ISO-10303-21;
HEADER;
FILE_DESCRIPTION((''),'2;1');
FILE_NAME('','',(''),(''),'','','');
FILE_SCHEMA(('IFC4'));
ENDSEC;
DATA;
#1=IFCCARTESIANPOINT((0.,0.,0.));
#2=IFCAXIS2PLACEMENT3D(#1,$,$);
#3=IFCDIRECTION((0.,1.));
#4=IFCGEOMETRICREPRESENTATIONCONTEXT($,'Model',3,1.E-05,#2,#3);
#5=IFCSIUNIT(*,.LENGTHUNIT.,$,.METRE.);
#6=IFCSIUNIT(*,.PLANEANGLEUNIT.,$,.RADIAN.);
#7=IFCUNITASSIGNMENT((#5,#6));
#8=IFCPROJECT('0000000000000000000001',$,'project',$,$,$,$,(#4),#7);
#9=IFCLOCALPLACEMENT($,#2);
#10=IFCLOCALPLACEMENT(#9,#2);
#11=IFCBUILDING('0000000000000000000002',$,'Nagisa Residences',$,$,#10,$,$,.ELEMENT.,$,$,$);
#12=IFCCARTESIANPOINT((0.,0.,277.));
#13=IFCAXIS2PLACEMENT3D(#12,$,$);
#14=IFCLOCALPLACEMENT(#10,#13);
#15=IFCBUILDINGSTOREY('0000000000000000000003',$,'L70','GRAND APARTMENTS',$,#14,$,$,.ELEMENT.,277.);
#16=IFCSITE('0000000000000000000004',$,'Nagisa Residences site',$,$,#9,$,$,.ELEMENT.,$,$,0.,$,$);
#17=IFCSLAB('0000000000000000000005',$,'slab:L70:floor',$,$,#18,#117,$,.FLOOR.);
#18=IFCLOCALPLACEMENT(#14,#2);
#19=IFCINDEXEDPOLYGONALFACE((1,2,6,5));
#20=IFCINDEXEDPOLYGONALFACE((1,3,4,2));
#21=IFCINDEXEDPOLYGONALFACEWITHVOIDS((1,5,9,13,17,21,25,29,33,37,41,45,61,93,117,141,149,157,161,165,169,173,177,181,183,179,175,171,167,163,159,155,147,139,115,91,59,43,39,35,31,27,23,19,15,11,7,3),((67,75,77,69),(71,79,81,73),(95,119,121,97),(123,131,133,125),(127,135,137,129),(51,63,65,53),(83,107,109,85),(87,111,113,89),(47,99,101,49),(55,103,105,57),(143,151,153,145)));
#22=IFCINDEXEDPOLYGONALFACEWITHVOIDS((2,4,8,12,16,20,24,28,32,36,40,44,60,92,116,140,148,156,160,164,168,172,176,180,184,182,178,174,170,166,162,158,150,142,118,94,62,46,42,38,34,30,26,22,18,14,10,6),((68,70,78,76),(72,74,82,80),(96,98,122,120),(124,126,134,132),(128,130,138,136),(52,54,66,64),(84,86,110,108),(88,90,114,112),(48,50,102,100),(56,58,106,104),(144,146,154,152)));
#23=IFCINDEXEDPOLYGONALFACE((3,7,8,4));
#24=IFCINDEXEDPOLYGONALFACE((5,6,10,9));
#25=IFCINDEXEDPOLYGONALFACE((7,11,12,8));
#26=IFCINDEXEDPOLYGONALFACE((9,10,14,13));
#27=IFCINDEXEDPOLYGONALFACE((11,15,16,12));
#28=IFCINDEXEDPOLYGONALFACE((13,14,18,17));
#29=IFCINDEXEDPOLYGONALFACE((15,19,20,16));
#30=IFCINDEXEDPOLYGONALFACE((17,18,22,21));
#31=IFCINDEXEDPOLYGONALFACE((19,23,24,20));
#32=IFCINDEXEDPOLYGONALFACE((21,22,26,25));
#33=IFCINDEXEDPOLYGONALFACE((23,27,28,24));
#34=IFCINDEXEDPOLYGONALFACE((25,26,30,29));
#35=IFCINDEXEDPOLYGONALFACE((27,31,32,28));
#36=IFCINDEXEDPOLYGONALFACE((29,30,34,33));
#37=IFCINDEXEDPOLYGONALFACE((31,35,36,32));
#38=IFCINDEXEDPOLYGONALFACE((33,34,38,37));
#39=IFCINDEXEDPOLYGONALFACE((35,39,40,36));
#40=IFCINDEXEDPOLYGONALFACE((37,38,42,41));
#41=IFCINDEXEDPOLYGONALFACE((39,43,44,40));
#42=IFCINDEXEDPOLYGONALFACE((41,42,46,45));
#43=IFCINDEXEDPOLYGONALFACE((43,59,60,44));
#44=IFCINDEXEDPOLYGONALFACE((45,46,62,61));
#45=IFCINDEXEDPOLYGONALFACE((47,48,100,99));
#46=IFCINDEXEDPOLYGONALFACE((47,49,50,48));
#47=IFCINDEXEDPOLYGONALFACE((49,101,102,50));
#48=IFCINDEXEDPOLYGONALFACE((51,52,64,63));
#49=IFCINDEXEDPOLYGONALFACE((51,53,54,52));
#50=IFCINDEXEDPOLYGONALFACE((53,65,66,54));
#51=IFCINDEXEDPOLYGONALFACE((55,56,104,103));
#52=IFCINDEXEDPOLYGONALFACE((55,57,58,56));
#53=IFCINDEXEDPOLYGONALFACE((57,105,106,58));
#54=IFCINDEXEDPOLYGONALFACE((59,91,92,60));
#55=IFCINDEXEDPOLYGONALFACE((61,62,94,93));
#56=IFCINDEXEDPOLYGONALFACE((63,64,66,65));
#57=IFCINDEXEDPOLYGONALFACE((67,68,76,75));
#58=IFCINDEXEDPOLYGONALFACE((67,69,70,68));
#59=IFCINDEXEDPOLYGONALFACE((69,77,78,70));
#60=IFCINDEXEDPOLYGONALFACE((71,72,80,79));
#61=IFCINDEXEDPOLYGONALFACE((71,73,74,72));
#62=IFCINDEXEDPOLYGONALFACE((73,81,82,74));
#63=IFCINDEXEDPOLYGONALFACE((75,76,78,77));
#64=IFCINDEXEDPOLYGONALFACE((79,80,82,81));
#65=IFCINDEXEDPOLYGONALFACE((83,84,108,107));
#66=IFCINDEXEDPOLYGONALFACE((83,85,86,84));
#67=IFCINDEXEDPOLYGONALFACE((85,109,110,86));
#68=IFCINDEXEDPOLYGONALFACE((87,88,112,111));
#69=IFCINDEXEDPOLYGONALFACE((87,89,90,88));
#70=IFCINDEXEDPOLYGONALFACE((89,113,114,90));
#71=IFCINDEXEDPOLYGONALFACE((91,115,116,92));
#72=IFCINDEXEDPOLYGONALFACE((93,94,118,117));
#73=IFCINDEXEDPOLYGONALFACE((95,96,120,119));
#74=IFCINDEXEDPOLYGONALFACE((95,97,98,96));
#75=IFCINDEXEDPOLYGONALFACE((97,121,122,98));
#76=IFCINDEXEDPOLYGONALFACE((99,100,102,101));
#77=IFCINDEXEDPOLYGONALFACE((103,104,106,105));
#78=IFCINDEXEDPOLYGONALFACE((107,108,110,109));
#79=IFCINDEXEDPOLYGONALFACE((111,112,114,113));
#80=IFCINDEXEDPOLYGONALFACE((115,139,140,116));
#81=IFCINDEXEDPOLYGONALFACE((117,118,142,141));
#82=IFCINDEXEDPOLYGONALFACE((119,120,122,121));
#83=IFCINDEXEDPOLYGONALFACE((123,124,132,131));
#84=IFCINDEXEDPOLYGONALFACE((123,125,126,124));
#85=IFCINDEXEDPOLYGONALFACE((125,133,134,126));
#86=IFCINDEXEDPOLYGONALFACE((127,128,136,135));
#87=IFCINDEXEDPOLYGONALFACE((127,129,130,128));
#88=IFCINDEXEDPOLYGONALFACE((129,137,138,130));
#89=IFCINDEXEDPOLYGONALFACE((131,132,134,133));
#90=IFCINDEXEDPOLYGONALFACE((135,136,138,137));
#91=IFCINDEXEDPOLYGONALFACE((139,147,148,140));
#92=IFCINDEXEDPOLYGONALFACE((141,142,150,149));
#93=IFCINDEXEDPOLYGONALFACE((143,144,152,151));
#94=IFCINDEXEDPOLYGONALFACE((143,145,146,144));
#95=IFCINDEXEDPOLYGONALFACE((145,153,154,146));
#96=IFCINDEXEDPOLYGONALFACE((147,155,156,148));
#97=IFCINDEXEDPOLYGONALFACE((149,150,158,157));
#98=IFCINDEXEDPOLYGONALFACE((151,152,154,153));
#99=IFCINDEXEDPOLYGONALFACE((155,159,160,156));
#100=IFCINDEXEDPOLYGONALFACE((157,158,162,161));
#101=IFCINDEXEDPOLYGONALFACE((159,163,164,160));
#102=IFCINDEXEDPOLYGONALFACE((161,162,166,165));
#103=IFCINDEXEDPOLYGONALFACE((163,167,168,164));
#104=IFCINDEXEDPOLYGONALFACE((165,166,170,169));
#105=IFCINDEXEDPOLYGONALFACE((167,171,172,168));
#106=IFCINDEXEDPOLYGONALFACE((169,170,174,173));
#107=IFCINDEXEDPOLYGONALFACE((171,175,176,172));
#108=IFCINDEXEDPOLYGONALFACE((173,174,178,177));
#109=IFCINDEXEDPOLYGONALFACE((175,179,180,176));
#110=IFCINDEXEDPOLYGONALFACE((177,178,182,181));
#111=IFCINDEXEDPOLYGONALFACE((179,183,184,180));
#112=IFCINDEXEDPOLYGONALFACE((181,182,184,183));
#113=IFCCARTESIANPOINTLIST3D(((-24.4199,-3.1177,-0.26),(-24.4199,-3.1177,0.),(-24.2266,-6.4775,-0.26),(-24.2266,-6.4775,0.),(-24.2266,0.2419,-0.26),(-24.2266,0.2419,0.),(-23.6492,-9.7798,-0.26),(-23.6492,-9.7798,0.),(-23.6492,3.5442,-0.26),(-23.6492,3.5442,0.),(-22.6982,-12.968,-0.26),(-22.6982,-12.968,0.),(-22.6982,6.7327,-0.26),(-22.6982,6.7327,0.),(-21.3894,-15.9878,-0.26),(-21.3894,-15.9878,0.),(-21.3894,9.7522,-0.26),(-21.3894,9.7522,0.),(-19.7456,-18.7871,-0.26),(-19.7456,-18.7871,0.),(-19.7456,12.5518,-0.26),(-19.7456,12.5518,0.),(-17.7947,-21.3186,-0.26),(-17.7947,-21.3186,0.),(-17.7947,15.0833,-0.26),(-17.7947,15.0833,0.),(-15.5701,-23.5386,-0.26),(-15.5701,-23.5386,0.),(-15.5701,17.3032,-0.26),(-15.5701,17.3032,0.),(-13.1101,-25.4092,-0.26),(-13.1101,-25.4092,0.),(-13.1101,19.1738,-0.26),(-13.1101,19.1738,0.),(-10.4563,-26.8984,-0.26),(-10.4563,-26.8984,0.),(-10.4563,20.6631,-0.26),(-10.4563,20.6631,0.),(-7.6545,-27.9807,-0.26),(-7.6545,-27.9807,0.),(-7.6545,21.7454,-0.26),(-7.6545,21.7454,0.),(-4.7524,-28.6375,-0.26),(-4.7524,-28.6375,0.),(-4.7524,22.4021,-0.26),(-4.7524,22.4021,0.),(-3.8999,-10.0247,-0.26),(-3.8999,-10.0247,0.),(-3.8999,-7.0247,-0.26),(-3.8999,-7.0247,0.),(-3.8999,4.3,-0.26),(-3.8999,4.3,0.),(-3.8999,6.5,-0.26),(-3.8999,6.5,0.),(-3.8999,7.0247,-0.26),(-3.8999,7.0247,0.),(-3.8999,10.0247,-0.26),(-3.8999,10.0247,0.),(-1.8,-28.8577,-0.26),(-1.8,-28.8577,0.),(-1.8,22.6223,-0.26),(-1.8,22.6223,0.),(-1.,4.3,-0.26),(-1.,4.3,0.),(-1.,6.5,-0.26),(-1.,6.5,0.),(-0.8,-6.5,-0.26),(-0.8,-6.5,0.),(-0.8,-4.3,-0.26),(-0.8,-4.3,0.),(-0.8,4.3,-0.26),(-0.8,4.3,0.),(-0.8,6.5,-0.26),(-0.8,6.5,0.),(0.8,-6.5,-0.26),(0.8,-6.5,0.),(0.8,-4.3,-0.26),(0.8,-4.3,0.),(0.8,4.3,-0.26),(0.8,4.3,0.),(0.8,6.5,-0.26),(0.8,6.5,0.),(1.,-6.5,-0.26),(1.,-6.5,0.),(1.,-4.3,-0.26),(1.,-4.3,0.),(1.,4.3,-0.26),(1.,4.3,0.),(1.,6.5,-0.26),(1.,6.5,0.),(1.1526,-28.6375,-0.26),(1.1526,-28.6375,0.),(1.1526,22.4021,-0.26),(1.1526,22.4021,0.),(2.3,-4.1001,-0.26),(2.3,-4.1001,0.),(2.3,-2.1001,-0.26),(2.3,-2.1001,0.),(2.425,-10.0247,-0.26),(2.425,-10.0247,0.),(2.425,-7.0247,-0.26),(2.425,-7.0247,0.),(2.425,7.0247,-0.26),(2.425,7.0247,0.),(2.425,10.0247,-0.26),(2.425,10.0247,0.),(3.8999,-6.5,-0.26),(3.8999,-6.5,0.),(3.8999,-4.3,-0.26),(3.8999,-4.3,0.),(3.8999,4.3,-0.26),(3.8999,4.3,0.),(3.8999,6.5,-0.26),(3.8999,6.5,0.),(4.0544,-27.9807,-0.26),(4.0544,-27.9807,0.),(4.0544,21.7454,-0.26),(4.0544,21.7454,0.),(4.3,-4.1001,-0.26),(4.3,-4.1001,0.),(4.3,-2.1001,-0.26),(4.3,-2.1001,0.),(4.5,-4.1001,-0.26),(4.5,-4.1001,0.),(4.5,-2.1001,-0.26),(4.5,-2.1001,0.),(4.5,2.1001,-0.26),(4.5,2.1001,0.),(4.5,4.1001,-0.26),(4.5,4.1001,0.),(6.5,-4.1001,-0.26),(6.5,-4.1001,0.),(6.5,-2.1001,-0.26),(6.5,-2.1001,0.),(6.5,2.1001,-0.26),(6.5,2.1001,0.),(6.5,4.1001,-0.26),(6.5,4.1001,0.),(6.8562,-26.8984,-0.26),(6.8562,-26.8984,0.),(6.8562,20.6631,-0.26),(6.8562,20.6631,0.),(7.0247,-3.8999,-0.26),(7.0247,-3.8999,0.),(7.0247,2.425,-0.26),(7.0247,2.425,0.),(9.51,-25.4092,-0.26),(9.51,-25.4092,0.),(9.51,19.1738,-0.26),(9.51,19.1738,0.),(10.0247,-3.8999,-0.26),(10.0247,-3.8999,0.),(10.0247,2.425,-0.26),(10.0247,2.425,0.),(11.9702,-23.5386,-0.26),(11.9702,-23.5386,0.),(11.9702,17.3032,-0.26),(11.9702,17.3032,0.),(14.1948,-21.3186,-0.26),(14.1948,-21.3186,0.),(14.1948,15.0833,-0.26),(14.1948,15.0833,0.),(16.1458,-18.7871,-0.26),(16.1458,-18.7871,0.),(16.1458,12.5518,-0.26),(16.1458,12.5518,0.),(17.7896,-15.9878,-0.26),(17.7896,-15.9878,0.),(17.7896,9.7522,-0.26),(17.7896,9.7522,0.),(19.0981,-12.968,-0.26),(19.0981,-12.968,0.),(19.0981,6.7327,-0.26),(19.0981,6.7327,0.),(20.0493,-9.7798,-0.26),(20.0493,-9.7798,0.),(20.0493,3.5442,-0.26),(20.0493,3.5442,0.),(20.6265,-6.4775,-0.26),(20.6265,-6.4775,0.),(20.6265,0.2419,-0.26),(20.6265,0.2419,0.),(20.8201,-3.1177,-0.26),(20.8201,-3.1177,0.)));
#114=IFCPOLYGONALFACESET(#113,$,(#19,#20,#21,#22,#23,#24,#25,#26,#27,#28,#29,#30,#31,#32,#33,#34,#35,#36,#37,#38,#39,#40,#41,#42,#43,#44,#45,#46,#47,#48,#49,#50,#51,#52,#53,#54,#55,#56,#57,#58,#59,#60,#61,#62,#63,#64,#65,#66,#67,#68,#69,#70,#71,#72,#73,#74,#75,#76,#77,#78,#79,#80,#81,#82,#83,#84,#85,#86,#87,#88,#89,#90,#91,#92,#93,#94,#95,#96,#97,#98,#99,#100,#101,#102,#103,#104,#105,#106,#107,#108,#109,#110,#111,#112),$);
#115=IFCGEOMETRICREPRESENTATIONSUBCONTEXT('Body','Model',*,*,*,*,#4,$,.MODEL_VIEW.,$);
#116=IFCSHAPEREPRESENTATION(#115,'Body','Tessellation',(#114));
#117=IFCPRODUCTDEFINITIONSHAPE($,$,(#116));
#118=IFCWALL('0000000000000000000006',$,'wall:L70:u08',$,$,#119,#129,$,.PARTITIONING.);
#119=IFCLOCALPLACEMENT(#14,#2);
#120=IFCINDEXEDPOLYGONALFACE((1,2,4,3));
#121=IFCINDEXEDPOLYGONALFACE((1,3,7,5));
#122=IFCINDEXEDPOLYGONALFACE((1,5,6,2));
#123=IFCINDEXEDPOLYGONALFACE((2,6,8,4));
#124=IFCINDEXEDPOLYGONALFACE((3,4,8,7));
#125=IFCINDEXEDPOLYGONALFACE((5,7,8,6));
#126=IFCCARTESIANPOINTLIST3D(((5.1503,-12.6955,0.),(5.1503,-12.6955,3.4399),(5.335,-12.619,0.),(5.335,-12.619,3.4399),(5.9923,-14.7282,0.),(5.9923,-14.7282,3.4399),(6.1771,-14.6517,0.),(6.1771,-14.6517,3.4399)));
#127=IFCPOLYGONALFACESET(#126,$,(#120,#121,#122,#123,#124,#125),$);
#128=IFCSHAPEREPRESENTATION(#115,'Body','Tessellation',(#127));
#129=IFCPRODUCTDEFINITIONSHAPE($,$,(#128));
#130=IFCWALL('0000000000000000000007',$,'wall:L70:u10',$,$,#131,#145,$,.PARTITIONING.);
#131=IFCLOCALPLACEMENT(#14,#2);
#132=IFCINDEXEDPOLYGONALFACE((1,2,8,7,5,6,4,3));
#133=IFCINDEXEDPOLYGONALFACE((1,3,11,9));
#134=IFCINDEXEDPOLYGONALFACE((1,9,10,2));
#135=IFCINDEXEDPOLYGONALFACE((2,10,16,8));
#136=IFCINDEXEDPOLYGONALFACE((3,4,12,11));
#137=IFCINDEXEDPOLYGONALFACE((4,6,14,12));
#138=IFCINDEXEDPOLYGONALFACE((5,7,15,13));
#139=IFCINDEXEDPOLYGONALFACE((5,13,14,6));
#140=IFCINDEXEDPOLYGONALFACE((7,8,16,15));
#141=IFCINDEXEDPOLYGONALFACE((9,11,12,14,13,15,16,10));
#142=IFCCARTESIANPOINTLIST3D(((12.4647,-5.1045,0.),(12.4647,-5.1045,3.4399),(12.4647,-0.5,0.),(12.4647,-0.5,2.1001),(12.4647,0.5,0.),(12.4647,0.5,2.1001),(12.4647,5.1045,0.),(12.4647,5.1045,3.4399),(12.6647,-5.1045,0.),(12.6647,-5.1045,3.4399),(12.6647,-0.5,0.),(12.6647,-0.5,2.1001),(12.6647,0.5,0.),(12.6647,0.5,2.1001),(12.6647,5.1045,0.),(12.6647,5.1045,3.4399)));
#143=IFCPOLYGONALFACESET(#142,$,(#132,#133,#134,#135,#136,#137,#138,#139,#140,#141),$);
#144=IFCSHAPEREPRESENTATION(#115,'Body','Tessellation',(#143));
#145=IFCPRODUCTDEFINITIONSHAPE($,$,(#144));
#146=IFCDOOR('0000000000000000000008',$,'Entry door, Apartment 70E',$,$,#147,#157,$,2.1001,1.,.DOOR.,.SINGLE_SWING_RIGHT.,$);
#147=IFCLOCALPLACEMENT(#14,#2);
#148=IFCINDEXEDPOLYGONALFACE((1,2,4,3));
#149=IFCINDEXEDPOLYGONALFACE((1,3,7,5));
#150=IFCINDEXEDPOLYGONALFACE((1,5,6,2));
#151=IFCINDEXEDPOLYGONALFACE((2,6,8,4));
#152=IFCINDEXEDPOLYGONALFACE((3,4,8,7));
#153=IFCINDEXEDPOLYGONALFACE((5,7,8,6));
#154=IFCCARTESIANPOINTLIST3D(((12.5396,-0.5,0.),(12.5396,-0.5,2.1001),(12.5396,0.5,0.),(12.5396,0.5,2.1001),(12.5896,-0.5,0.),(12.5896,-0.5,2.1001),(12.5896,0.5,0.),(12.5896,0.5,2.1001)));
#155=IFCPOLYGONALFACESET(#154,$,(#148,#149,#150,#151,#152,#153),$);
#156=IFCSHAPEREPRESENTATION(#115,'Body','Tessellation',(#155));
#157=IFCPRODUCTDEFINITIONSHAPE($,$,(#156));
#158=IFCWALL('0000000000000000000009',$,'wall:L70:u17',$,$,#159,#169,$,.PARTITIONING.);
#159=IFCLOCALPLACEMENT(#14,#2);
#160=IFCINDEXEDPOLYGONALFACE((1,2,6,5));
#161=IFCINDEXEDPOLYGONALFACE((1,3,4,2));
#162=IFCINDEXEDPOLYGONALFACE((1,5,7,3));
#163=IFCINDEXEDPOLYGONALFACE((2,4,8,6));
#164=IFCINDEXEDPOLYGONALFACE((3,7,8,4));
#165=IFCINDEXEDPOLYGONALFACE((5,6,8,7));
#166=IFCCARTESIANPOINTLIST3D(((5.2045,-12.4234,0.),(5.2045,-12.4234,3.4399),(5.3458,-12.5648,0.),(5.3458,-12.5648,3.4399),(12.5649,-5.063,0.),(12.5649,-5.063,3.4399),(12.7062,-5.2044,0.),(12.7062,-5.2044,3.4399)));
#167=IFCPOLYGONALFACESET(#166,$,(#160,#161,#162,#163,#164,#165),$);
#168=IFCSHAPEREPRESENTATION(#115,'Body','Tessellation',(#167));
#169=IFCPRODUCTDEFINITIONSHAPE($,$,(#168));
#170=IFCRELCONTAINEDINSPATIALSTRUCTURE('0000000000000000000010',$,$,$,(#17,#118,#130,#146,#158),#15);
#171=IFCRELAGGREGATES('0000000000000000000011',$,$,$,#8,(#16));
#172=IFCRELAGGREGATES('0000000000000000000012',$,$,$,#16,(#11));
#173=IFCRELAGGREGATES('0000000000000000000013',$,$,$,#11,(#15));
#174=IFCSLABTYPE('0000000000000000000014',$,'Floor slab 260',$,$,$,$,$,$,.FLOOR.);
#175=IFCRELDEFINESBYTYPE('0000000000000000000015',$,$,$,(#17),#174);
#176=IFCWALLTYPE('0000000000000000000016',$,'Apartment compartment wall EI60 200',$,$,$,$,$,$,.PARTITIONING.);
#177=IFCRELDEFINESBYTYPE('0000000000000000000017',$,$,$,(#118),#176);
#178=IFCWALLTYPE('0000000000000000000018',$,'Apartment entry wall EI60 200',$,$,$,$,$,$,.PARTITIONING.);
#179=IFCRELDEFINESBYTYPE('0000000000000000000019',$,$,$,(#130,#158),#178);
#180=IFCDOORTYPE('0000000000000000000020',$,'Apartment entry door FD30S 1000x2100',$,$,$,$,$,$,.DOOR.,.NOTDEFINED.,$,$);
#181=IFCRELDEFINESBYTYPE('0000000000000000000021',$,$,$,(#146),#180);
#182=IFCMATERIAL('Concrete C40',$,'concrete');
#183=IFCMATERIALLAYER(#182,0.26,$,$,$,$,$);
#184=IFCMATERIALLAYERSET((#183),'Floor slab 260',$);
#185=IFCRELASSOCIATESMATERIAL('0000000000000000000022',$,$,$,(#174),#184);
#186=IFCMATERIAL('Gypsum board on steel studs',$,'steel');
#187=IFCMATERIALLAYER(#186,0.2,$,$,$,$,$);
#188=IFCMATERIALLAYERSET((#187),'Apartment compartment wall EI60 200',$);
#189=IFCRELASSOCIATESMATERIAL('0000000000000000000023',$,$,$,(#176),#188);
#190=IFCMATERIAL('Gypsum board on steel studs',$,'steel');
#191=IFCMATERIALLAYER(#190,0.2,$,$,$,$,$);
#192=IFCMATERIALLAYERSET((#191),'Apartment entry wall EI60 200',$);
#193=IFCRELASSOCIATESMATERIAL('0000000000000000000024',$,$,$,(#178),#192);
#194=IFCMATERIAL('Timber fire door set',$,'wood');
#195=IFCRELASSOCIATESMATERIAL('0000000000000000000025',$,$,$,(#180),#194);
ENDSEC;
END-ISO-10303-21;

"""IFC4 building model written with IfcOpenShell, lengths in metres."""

from ifc_helpers import new_model, si_unit, direction, frame, frame_2d, origin, place, context, subcontext, project, spatial, polyline, rectangle, outline, extrude, material, layer, layer_set, type_object, element, fill, save


model = new_model("IFC4")

# Units and contexts
model_context = context("Model", 3, precision=1e-05, world=origin(), true_north=direction((0.0, 1.0)))
body_context = subcontext(model_context, "Body", "Model", "MODEL_VIEW")
ifc_project = project(units=[si_unit("LENGTHUNIT", "METRE"), si_unit("PLANEANGLEUNIT", "RADIAN")], contexts=[model_context])

# Site, building, storey
site_placement = place(None, origin())
site = spatial("IfcSite", under=ifc_project, at=site_placement, Name="Nagisa Residences site", CompositionType="ELEMENT", RefElevation=0.0)
building_placement = place(site_placement, origin())
building = spatial("IfcBuilding", under=site, at=building_placement, Name="Nagisa Residences", CompositionType="ELEMENT")
storey_placement = place(building_placement, frame((0.0, 0.0, 277.0)))
storey = spatial("IfcBuildingStorey", under=building, at=storey_placement, Name="L70", Description="GRAND APARTMENTS", CompositionType="ELEMENT", Elevation=277.0)

# Slab
ifc_material_1 = material(Name="Concrete C40", Category="concrete")
ifc_layer_1 = layer(ifc_material_1, 0.26)
ifc_layer_set_1 = layer_set([ifc_layer_1], Name="Floor slab 260")
slab_type_1 = type_object("IfcSlabType", Name="Floor slab 260", PredefinedType="FLOOR", material=ifc_layer_set_1)
slab_1_placement = place(storey_placement, frame((0.0, 0.0, -0.26)))
element("IfcSlab", 1, at=slab_1_placement, inside=storey, type_object=slab_type_1, Name="slab:L70:floor", PredefinedType="FLOOR", context=body_context, shape_type="SweptSolid", body=[
    extrude(outline(polyline([(20.8201, -3.1177), (20.6265, 0.2419), (20.0493, 3.5442), (19.0981, 6.7327), (17.7896, 9.7522), (16.1458, 12.5518), (14.1948, 15.0833), (11.9702, 17.3032), (9.51, 19.1738), (6.8562, 20.6631), (4.0544, 21.7454), (1.1526, 22.4021), (-1.8, 22.6223), (-4.7524, 22.4021), (-7.6545, 21.7454), (-10.4563, 20.6631), (-13.1101, 19.1738), (-15.5701, 17.3032), (-17.7947, 15.0833), (-19.7456, 12.5518), (-21.3894, 9.7522), (-22.6982, 6.7327), (-23.6492, 3.5442), (-24.2266, 0.2419), (-24.4199, -3.1177), (-24.2266, -6.4775), (-23.6492, -9.7798), (-22.6982, -12.968), (-21.3894, -15.9878), (-19.7456, -18.7871), (-17.7947, -21.3186), (-15.5701, -23.5386), (-13.1101, -25.4092), (-10.4563, -26.8984), (-7.6545, -27.9807), (-4.7524, -28.6375), (-1.8, -28.8577), (1.1526, -28.6375), (4.0544, -27.9807), (6.8562, -26.8984), (9.51, -25.4092), (11.9702, -23.5386), (14.1948, -21.3186), (16.1458, -18.7871), (17.7896, -15.9878), (19.0981, -12.968), (20.0493, -9.7798), (20.6265, -6.4775), (20.8201, -3.1177)]), holes=[polyline([(6.5, 2.1001), (6.5, 4.1001), (4.5, 4.1001), (4.5, 2.1001), (6.5, 2.1001)]), polyline([(4.3, -4.1001), (4.3, -2.1001), (2.3, -2.1001), (2.3, -4.1001), (4.3, -4.1001)]), polyline([(6.5, -4.1001), (6.5, -2.1001), (4.5, -2.1001), (4.5, -4.1001), (6.5, -4.1001)]), polyline([(3.8999, 4.3), (3.8999, 6.5), (1.0, 6.5), (1.0, 4.3), (3.8999, 4.3)]), polyline([(3.8999, -6.5), (3.8999, -4.3), (1.0, -4.3), (1.0, -6.5), (3.8999, -6.5)]), polyline([(-1.0, 4.3), (-1.0, 6.5), (-3.8999, 6.5), (-3.8999, 4.3), (-1.0, 4.3)]), polyline([(0.8, 4.3), (0.8, 6.5), (-0.8, 6.5), (-0.8, 4.3), (0.8, 4.3)]), polyline([(0.8, -6.5), (0.8, -4.3), (-0.8, -4.3), (-0.8, -6.5), (0.8, -6.5)]), polyline([(10.0247, -3.8999), (7.0247, -3.8999), (7.0247, 2.425), (10.0247, 2.425), (10.0247, -3.8999)]), polyline([(-3.8999, 7.0247), (-3.8999, 10.0247), (2.425, 10.0247), (2.425, 7.0247), (-3.8999, 7.0247)]), polyline([(-3.8999, -10.0247), (-3.8999, -7.0247), (2.425, -7.0247), (2.425, -10.0247), (-3.8999, -10.0247)])]), origin(), (0.0, 0.0, 1.0), 0.26),
])

# Wall
ifc_material_2 = material(Name="Gypsum board on steel studs", Category="steel")
ifc_layer_2 = layer(ifc_material_2, 0.2)
ifc_layer_set_2 = layer_set([ifc_layer_2], Name="Apartment compartment wall EI60 200")
wall_type_1 = type_object("IfcWallType", Name="Apartment compartment wall EI60 200", PredefinedType="PARTITIONING", material=ifc_layer_set_2)
wall_1_placement = place(storey_placement, frame((5.2427, -12.6572, 0.0), z_axis=(0.0, 0.0, 1.0), x_axis=(0.382708, -0.923869, 0.0)))
element("IfcWall", 2, at=wall_1_placement, inside=storey, type_object=wall_type_1, Name="wall:L70:u08", PredefinedType="PARTITIONING", context=body_context, shape_type="SweptSolid", body=[
    extrude(rectangle(XDim=2.2002, YDim=0.2, at=frame_2d((1.1001, 0.0))), origin(), (0.0, 0.0, 1.0), 3.4399),
])

# Wall, opening, door
ifc_material_3 = material(Name="Gypsum board on steel studs", Category="steel")
ifc_layer_3 = layer(ifc_material_3, 0.2)
ifc_layer_set_3 = layer_set([ifc_layer_3], Name="Apartment entry wall EI60 200")
wall_type_2 = type_object("IfcWallType", Name="Apartment entry wall EI60 200", PredefinedType="PARTITIONING", material=ifc_layer_set_3)
wall_2_placement = place(storey_placement, frame((12.5647, -5.1045, 0.0), z_axis=(0.0, 0.0, 1.0), x_axis=(0.0, 1.0, 0.0)))
wall_2 = element("IfcWall", 3, at=wall_2_placement, inside=storey, type_object=wall_type_2, Name="wall:L70:u10", PredefinedType="PARTITIONING", context=body_context, shape_type="SweptSolid", body=[
    extrude(rectangle(XDim=10.209, YDim=0.2, at=frame_2d((5.1045, 0.0))), origin(), (0.0, 0.0, 1.0), 3.4399),
])
opening_1_placement = place(wall_2_placement, frame((4.6045, 0.0, 0.0)))
opening_1 = element("IfcOpeningElement", 4, at=opening_1_placement, cuts=wall_2, PredefinedType="OPENING", context=body_context, shape_type="SweptSolid", body=[
    extrude(rectangle(XDim=1.0, YDim=2.1001, at=frame_2d((0.5, 1.05))), frame((0.0, 0.1099, 0.0), z_axis=(0.0, -1.0, 0.0), x_axis=(1.0, 0.0, 0.0)), (0.0, 0.0, 1.0), 0.22),
])
ifc_material_4 = material(Name="Timber fire door set", Category="wood")
door_type_1 = type_object("IfcDoorType", Name="Apartment entry door FD30S 1000x2100", OperationType="NOTDEFINED", PredefinedType="DOOR", material=ifc_material_4)
door_1_placement = place(opening_1_placement, frame((1.0, 0.0, 0.0), x_axis=(-1.0, 0.0, 0.0)))
door_1 = element("IfcDoor", 5, at=door_1_placement, inside=storey, type_object=door_type_1, Name="Entry door, Apartment 70E", OperationType="SINGLE_SWING_RIGHT", OverallHeight=2.1001, OverallWidth=1.0, PredefinedType="DOOR", context=body_context, shape_type="SweptSolid", body=[
    extrude(rectangle(XDim=1.0, YDim=2.1001, at=frame_2d((0.5, 1.05))), frame((0.0, 0.0249, 0.0), z_axis=(0.0, -1.0, 0.0), x_axis=(1.0, 0.0, 0.0)), (0.0, 0.0, 1.0), 0.05),
])
fill(opening_1, door_1)

# Wall
wall_3_placement = place(storey_placement, frame((5.2751, -12.4941, 0.0), z_axis=(0.0, 0.0, 1.0), x_axis=(0.707107, 0.707107, 0.0)))
element("IfcWall", 6, at=wall_3_placement, inside=storey, type_object=wall_type_2, Name="wall:L70:u17", PredefinedType="PARTITIONING", context=body_context, shape_type="SweptSolid", body=[
    extrude(rectangle(XDim=10.4092, YDim=0.2, at=frame_2d((5.2046, 0.0))), origin(), (0.0, 0.0, 1.0), 3.4399),
])

save(model, "model.ifc")
